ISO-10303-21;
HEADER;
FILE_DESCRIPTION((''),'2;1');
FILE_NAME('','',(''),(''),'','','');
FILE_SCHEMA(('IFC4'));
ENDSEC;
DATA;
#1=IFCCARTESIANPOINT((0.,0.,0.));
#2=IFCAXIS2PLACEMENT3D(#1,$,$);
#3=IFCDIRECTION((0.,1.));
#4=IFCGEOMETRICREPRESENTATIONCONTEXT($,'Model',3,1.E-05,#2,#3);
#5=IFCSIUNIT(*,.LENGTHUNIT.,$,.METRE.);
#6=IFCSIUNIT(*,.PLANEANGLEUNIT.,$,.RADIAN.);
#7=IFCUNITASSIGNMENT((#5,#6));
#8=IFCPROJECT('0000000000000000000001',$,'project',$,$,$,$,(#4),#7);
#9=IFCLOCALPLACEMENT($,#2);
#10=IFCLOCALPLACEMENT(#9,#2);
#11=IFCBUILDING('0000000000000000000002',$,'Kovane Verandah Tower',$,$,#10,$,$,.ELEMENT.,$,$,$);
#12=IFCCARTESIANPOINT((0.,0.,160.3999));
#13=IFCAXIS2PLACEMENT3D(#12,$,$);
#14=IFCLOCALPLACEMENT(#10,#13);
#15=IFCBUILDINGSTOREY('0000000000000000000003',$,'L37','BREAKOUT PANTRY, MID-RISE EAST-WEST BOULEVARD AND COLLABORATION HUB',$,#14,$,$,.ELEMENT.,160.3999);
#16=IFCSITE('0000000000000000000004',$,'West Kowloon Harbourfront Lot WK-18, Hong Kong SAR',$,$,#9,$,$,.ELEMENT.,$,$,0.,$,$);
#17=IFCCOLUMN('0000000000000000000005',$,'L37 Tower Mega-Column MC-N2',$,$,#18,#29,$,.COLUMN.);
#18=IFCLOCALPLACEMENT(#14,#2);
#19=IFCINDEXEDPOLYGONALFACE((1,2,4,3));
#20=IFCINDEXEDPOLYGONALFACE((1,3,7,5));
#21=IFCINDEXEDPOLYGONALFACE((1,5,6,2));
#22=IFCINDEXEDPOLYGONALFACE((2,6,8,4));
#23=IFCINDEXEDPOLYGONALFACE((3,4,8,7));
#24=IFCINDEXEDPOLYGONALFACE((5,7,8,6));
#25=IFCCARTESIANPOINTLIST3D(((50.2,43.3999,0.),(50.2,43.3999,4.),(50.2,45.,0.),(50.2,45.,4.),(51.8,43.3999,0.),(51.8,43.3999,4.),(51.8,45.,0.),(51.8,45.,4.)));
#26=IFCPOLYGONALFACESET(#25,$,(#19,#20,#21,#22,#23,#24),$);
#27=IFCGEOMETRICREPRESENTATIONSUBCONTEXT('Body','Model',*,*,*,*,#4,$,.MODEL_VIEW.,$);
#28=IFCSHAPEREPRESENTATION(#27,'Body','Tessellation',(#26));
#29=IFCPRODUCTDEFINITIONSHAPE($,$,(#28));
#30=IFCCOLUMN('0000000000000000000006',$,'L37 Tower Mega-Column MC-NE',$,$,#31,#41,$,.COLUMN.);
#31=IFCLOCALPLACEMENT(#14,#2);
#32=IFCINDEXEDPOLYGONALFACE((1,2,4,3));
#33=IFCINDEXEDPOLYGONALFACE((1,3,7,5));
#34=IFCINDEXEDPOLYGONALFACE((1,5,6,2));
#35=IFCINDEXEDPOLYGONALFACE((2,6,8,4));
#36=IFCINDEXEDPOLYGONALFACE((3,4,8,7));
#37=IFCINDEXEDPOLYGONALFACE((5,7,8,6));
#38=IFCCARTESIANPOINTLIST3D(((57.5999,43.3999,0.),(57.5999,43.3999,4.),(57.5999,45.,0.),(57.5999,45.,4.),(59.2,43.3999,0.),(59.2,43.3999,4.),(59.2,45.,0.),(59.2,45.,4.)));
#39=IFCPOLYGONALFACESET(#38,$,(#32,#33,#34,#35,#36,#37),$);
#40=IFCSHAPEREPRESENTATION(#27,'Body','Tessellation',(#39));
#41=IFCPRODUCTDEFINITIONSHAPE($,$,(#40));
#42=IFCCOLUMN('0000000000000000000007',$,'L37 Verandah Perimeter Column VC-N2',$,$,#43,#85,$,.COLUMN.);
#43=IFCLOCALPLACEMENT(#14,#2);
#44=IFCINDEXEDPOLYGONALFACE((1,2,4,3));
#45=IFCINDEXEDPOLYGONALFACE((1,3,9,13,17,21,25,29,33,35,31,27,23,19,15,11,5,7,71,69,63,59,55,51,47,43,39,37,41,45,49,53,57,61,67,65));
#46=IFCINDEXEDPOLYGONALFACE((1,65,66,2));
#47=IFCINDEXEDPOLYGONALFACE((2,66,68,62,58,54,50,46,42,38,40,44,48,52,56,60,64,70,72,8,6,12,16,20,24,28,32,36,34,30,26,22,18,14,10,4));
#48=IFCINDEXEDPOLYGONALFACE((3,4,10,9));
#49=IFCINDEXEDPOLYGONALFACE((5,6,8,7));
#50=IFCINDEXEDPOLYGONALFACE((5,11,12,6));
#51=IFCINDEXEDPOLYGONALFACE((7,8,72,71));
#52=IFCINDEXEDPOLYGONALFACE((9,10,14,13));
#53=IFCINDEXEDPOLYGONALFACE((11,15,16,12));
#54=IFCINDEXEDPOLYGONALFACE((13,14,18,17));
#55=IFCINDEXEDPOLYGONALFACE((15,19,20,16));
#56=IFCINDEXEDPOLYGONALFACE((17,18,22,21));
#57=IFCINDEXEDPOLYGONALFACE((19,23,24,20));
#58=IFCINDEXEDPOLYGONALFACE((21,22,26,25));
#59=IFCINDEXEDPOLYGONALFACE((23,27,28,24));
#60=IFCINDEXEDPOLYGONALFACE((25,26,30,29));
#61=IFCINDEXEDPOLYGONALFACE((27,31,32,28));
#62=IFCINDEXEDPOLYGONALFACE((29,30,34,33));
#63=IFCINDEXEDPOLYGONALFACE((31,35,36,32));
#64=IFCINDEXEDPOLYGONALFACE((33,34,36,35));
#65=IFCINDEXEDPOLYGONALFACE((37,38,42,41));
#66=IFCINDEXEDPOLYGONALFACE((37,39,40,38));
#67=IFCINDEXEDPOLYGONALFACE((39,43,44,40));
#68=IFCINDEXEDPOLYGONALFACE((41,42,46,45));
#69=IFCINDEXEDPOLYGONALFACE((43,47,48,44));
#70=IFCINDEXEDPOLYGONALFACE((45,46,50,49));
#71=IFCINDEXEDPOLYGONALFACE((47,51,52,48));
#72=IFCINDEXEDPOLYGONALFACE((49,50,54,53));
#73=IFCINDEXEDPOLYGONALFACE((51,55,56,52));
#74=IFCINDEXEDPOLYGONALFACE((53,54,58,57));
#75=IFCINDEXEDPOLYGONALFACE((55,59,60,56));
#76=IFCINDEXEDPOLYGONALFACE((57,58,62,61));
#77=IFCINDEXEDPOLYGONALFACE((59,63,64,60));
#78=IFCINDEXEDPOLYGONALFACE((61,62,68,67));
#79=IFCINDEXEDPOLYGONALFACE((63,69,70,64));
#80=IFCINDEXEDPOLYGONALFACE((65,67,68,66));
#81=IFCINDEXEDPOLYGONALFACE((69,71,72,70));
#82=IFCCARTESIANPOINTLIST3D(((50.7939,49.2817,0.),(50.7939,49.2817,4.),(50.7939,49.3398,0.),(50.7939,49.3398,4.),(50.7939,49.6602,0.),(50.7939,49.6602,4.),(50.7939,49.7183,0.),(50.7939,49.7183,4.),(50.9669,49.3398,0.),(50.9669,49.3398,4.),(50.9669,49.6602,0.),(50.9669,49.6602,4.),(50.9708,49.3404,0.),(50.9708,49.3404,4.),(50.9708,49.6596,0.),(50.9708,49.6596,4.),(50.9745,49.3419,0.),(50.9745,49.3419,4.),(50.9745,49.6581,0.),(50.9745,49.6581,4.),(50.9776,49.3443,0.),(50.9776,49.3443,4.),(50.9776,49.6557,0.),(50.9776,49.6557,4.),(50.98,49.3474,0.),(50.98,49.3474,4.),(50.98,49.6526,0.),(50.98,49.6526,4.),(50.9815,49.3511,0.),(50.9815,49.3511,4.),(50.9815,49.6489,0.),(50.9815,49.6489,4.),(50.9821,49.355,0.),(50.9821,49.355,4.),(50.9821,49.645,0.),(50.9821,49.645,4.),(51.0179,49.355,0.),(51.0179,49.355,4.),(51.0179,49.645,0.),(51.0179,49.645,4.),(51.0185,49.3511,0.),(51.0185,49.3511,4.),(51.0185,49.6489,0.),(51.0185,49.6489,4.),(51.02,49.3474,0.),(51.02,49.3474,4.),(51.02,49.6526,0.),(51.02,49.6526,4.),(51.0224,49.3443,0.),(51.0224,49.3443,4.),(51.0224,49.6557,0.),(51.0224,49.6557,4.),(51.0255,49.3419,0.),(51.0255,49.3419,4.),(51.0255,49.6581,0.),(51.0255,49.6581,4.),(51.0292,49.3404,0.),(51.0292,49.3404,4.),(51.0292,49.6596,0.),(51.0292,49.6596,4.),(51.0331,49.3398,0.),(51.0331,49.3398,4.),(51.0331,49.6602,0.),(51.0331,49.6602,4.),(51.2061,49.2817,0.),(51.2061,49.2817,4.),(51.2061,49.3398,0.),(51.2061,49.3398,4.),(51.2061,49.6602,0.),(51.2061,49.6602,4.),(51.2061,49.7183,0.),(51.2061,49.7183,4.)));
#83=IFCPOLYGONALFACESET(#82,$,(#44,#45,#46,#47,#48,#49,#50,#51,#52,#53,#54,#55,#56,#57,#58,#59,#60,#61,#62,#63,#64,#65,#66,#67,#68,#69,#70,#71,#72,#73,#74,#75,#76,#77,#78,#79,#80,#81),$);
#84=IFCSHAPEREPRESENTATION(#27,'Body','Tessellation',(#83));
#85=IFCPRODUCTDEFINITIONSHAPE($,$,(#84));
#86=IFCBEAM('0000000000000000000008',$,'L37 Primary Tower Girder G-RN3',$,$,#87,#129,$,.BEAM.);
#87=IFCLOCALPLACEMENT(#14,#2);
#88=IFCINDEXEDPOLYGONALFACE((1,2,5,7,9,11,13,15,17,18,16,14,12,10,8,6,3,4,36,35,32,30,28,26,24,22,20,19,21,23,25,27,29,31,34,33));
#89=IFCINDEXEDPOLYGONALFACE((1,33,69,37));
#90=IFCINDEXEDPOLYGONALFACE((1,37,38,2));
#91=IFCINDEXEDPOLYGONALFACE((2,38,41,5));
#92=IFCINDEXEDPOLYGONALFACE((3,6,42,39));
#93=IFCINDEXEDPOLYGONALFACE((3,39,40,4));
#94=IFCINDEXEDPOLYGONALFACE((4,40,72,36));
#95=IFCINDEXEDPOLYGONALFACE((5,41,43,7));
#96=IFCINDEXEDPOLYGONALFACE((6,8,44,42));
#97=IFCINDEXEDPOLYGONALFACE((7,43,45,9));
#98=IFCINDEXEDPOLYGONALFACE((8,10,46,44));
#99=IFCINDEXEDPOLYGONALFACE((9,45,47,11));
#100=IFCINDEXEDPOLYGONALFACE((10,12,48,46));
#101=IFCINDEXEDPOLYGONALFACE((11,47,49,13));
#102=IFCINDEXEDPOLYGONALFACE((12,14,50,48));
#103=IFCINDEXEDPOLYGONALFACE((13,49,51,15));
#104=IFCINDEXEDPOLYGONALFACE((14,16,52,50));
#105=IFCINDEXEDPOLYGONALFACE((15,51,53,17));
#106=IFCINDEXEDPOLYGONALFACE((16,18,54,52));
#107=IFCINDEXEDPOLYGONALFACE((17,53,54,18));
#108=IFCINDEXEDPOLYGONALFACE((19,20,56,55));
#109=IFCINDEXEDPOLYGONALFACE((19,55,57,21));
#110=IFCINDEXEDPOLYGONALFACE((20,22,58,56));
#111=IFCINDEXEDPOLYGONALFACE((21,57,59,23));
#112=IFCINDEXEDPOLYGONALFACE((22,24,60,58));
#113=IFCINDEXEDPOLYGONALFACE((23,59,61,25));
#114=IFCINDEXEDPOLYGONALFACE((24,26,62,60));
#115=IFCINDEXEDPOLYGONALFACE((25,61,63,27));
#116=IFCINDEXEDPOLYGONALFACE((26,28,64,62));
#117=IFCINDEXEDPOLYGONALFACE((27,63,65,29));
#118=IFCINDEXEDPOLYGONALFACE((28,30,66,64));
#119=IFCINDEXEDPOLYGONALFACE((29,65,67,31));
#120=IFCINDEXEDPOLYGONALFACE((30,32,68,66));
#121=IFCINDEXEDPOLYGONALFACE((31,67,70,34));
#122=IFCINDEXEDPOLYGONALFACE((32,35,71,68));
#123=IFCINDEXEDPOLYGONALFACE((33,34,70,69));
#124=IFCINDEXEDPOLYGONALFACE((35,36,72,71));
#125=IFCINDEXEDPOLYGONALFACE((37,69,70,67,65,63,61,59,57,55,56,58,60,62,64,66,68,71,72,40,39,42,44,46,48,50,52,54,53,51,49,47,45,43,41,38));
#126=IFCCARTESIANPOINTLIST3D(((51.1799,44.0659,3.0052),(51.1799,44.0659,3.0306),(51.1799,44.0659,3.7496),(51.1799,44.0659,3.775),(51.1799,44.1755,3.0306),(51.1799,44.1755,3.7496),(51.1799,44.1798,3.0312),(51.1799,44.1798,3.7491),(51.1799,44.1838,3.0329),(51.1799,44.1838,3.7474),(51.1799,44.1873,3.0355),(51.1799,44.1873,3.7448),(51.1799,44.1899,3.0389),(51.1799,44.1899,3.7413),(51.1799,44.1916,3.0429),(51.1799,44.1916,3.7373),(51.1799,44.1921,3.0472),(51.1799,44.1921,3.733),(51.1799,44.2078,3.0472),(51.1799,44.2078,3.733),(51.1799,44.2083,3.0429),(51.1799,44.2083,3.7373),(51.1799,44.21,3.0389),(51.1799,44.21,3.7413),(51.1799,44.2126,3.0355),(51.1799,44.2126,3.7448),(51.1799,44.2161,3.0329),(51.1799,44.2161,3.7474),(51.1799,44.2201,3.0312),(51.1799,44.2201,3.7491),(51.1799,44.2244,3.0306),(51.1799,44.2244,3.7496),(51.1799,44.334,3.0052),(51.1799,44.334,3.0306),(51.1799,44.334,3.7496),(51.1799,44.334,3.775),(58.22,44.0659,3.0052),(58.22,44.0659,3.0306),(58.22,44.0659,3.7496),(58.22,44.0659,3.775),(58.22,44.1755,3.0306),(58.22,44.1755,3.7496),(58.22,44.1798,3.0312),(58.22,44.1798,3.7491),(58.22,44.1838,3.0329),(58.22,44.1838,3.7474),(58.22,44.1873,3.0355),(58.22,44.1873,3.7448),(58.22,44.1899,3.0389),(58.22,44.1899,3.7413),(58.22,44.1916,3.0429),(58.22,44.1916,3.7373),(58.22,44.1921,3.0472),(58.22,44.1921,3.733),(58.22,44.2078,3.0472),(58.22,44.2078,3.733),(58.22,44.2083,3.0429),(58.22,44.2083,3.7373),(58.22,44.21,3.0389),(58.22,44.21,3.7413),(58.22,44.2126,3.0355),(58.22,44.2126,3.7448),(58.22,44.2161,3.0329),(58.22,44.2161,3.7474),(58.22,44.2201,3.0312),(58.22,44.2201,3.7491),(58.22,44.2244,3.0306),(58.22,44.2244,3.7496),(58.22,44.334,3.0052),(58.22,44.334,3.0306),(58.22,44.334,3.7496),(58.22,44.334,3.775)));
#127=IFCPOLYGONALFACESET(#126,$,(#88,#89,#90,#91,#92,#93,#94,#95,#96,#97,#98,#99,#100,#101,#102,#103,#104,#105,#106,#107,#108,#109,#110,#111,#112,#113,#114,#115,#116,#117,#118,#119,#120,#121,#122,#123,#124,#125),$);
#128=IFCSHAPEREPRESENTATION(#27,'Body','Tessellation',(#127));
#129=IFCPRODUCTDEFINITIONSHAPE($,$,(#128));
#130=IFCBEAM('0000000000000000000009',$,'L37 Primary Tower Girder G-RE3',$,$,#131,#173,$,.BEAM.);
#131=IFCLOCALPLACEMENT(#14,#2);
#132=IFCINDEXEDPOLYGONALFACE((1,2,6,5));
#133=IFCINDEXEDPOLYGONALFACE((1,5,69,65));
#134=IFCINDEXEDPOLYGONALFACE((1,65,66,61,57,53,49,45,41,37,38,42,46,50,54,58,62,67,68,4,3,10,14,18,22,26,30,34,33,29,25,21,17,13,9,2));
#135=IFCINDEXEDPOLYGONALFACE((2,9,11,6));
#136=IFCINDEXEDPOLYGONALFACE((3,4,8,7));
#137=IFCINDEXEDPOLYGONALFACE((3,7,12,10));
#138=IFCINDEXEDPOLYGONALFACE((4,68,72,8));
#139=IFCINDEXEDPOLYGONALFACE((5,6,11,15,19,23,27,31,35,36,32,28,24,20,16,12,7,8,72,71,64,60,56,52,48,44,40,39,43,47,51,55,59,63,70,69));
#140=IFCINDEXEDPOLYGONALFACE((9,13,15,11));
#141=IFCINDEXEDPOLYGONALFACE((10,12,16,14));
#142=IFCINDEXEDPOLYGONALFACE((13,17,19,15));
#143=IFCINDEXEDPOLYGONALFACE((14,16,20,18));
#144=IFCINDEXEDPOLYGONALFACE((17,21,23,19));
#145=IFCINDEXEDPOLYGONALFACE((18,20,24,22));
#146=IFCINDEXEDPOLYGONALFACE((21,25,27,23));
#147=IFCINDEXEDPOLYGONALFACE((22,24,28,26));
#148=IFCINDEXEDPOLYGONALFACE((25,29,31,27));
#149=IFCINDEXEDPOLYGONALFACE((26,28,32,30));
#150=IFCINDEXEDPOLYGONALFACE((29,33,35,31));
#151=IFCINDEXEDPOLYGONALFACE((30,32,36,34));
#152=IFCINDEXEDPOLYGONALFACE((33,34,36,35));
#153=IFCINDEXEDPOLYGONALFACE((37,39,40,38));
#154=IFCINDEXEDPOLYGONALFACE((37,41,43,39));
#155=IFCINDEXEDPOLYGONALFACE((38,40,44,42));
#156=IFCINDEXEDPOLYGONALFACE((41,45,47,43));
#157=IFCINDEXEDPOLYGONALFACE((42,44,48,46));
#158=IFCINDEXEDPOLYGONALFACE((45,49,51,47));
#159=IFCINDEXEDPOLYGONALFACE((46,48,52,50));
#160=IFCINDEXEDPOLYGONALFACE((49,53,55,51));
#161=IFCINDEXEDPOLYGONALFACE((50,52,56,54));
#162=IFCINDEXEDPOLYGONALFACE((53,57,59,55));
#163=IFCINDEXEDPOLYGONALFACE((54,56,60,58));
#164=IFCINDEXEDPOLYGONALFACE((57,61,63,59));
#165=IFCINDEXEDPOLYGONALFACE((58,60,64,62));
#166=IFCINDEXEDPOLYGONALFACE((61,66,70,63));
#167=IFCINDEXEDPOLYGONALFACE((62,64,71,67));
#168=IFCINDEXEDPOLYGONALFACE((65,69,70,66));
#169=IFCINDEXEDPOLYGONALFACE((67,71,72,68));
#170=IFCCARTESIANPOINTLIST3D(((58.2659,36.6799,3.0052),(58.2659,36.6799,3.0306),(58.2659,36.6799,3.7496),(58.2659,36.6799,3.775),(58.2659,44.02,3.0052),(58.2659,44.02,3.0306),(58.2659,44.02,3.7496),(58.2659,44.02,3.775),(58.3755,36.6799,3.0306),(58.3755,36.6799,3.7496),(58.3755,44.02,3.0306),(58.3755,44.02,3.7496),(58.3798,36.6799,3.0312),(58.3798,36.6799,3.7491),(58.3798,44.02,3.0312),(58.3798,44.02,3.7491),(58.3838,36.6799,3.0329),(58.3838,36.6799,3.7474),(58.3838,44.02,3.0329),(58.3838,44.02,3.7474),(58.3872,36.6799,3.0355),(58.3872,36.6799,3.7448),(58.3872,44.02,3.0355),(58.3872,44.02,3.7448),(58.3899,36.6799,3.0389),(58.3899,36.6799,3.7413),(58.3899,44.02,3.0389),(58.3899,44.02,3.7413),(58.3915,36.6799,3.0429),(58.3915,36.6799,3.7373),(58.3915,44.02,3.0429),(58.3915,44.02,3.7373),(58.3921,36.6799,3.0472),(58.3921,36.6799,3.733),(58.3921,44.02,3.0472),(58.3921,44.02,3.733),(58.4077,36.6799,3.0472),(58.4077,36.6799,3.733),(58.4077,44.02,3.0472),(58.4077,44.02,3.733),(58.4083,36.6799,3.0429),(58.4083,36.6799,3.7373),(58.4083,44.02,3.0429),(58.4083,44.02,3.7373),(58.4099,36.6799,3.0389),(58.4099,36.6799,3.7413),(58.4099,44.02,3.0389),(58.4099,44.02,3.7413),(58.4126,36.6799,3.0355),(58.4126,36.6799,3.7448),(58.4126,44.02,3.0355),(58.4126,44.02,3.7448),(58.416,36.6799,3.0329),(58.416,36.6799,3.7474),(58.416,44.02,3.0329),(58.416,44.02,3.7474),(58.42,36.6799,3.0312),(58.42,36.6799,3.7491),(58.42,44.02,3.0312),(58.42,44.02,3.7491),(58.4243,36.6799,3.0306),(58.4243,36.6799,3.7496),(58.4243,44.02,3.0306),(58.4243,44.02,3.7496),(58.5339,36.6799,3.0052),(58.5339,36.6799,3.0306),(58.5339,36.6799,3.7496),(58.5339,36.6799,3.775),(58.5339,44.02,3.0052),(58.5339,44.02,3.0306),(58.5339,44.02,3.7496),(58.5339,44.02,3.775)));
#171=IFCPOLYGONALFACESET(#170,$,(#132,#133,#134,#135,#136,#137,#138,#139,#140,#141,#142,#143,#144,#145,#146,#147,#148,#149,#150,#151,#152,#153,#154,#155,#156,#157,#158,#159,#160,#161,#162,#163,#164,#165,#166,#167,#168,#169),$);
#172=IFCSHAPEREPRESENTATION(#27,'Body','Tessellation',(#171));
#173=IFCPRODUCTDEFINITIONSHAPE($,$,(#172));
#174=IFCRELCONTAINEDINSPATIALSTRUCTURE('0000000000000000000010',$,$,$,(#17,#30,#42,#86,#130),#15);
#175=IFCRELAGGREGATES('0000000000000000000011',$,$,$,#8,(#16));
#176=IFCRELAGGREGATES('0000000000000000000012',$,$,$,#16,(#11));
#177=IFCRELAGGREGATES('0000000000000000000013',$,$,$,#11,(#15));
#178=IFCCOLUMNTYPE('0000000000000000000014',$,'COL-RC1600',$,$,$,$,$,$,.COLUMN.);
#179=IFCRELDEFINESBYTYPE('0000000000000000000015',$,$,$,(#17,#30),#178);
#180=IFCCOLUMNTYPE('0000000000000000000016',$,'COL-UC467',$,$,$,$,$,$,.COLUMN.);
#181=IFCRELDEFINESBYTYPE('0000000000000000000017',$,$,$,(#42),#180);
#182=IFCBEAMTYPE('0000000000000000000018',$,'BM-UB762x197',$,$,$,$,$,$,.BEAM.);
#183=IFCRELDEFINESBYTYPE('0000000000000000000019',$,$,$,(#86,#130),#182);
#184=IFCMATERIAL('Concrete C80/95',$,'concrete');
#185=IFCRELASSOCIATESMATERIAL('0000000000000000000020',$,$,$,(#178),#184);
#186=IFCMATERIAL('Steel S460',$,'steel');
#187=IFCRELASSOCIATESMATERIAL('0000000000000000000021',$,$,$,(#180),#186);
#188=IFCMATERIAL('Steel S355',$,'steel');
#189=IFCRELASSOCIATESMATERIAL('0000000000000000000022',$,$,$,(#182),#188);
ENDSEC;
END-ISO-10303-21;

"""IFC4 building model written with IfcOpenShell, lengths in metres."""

from ifc_helpers import new_model, si_unit, direction, frame, origin, origin_2d, place, context, subcontext, project, spatial, rectangle, i_section, extrude, material, material_profile, profile_set, type_object, element, save


model = new_model("IFC4")

# Units and contexts
model_context = context("Model", 3, precision=1e-05, world=origin(), true_north=direction((0.0, 1.0)))
body_context = subcontext(model_context, "Body", "Model", "MODEL_VIEW")
ifc_project = project(units=[si_unit("LENGTHUNIT", "METRE"), si_unit("PLANEANGLEUNIT", "RADIAN")], contexts=[model_context])

# Site, building, storey
site_placement = place(None, origin())
site = spatial("IfcSite", under=ifc_project, at=site_placement, Name="West Kowloon Harbourfront Lot WK-18, Hong Kong SAR", CompositionType="ELEMENT", RefElevation=0.0)
building_placement = place(site_placement, origin())
building = spatial("IfcBuilding", under=site, at=building_placement, Name="Kovane Verandah Tower", CompositionType="ELEMENT")
storey_placement = place(building_placement, frame((0.0, 0.0, 160.3999)))
storey = spatial("IfcBuildingStorey", under=building, at=storey_placement, Name="L37", Description="BREAKOUT PANTRY, MID-RISE EAST-WEST BOULEVARD AND COLLABORATION HUB", CompositionType="ELEMENT", Elevation=160.3999)

# Columns
ifc_material_1 = material(Name="Concrete C80/95", Category="concrete")
ifc_material_profile_1 = material_profile(ifc_material_1, rectangle(XDim=1.6001, YDim=1.6001, at=origin_2d()), Name="RC1600x1600")
ifc_profile_set_1 = profile_set([ifc_material_profile_1], Name="Concrete C80/95")
column_type_1 = type_object("IfcColumnType", Name="COL-RC1600", PredefinedType="COLUMN", material=ifc_profile_set_1)
for number, where, z_axis, x_axis, name in (
    (1, (51.0, 44.2, 0.0), (0.0, 0.0, 1.0), (1.0, 0.0, 0.0), "L37 Tower Mega-Column MC-N2"),
    (2, (58.3999, 44.2, 0.0), (0.0, 0.0, 1.0), (1.0, 0.0, 0.0), "L37 Tower Mega-Column MC-NE"),
):
    element("IfcColumn", number, at=place(storey_placement, frame(where, z_axis=z_axis, x_axis=x_axis)), inside=storey, type_object=column_type_1, Name=name, PredefinedType="COLUMN", context=body_context, shape_type="SweptSolid", body=[
        extrude(rectangle(XDim=1.6001, YDim=1.6001, at=origin_2d()), origin(), (0.0, 0.0, 1.0), 4.0),
    ])
ifc_material_2 = material(Name="Steel S460", Category="steel")
ifc_material_profile_2 = material_profile(ifc_material_2, i_section(OverallWidth=0.4121, OverallDepth=0.4365, WebThickness=0.0359, FlangeThickness=0.0581, FilletRadius=0.0151, at=origin_2d()), Name="UC356x406x467")
ifc_profile_set_2 = profile_set([ifc_material_profile_2], Name="Steel S460")
column_type_2 = type_object("IfcColumnType", Name="COL-UC467", PredefinedType="COLUMN", material=ifc_profile_set_2)
column_placement = place(storey_placement, frame((51.0, 49.5, 0.0), z_axis=(0.0, 0.0, 1.0), x_axis=(1.0, 0.0, 0.0)))
element("IfcColumn", 3, at=column_placement, inside=storey, type_object=column_type_2, Name="L37 Verandah Perimeter Column VC-N2", PredefinedType="COLUMN", context=body_context, shape_type="SweptSolid", body=[
    extrude(i_section(OverallWidth=0.4121, OverallDepth=0.4365, WebThickness=0.0359, FlangeThickness=0.0581, FilletRadius=0.0151, at=origin_2d()), origin(), (0.0, 0.0, 1.0), 4.0),
])

# Beams
ifc_material_3 = material(Name="Steel S355", Category="steel")
ifc_material_profile_3 = material_profile(ifc_material_3, i_section(OverallWidth=0.2681, OverallDepth=0.7698, WebThickness=0.0156, FlangeThickness=0.0254, FilletRadius=0.0166, at=origin_2d()), Name="UB762x267x197")
ifc_profile_set_3 = profile_set([ifc_material_profile_3], Name="Steel S355")
beam_type_1 = type_object("IfcBeamType", Name="BM-UB762x197", PredefinedType="BEAM", material=ifc_profile_set_3)
beam_1_placement = place(storey_placement, frame((51.1799, 44.2, 3.3901), z_axis=(1.0, 0.0, 0.0), x_axis=(0.0, 1.0, 0.0)))
element("IfcBeam", 4, at=beam_1_placement, inside=storey, type_object=beam_type_1, Name="L37 Primary Tower Girder G-RN3", PredefinedType="BEAM", context=body_context, shape_type="SweptSolid", body=[
    extrude(i_section(OverallWidth=0.2681, OverallDepth=0.7698, WebThickness=0.0156, FlangeThickness=0.0254, FilletRadius=0.0166, at=origin_2d()), origin(), (0.0, 0.0, 1.0), 7.04),
])
for number, where, z_axis, x_axis, name in (
    (5, (58.3999, 36.6799, 3.3901), (0.0, 1.0, 0.0), (-1.0, 0.0, 0.0), "L37 Primary Tower Girder G-RE3"),
):
    element("IfcBeam", number, at=place(storey_placement, frame(where, z_axis=z_axis, x_axis=x_axis)), inside=storey, type_object=beam_type_1, Name=name, PredefinedType="BEAM", context=body_context, shape_type="SweptSolid", body=[
        extrude(i_section(OverallWidth=0.2681, OverallDepth=0.7698, WebThickness=0.0156, FlangeThickness=0.0254, FilletRadius=0.0166, at=origin_2d()), origin(), (0.0, 0.0, 1.0), 7.3401),
    ])

save(model, "model.ifc")
